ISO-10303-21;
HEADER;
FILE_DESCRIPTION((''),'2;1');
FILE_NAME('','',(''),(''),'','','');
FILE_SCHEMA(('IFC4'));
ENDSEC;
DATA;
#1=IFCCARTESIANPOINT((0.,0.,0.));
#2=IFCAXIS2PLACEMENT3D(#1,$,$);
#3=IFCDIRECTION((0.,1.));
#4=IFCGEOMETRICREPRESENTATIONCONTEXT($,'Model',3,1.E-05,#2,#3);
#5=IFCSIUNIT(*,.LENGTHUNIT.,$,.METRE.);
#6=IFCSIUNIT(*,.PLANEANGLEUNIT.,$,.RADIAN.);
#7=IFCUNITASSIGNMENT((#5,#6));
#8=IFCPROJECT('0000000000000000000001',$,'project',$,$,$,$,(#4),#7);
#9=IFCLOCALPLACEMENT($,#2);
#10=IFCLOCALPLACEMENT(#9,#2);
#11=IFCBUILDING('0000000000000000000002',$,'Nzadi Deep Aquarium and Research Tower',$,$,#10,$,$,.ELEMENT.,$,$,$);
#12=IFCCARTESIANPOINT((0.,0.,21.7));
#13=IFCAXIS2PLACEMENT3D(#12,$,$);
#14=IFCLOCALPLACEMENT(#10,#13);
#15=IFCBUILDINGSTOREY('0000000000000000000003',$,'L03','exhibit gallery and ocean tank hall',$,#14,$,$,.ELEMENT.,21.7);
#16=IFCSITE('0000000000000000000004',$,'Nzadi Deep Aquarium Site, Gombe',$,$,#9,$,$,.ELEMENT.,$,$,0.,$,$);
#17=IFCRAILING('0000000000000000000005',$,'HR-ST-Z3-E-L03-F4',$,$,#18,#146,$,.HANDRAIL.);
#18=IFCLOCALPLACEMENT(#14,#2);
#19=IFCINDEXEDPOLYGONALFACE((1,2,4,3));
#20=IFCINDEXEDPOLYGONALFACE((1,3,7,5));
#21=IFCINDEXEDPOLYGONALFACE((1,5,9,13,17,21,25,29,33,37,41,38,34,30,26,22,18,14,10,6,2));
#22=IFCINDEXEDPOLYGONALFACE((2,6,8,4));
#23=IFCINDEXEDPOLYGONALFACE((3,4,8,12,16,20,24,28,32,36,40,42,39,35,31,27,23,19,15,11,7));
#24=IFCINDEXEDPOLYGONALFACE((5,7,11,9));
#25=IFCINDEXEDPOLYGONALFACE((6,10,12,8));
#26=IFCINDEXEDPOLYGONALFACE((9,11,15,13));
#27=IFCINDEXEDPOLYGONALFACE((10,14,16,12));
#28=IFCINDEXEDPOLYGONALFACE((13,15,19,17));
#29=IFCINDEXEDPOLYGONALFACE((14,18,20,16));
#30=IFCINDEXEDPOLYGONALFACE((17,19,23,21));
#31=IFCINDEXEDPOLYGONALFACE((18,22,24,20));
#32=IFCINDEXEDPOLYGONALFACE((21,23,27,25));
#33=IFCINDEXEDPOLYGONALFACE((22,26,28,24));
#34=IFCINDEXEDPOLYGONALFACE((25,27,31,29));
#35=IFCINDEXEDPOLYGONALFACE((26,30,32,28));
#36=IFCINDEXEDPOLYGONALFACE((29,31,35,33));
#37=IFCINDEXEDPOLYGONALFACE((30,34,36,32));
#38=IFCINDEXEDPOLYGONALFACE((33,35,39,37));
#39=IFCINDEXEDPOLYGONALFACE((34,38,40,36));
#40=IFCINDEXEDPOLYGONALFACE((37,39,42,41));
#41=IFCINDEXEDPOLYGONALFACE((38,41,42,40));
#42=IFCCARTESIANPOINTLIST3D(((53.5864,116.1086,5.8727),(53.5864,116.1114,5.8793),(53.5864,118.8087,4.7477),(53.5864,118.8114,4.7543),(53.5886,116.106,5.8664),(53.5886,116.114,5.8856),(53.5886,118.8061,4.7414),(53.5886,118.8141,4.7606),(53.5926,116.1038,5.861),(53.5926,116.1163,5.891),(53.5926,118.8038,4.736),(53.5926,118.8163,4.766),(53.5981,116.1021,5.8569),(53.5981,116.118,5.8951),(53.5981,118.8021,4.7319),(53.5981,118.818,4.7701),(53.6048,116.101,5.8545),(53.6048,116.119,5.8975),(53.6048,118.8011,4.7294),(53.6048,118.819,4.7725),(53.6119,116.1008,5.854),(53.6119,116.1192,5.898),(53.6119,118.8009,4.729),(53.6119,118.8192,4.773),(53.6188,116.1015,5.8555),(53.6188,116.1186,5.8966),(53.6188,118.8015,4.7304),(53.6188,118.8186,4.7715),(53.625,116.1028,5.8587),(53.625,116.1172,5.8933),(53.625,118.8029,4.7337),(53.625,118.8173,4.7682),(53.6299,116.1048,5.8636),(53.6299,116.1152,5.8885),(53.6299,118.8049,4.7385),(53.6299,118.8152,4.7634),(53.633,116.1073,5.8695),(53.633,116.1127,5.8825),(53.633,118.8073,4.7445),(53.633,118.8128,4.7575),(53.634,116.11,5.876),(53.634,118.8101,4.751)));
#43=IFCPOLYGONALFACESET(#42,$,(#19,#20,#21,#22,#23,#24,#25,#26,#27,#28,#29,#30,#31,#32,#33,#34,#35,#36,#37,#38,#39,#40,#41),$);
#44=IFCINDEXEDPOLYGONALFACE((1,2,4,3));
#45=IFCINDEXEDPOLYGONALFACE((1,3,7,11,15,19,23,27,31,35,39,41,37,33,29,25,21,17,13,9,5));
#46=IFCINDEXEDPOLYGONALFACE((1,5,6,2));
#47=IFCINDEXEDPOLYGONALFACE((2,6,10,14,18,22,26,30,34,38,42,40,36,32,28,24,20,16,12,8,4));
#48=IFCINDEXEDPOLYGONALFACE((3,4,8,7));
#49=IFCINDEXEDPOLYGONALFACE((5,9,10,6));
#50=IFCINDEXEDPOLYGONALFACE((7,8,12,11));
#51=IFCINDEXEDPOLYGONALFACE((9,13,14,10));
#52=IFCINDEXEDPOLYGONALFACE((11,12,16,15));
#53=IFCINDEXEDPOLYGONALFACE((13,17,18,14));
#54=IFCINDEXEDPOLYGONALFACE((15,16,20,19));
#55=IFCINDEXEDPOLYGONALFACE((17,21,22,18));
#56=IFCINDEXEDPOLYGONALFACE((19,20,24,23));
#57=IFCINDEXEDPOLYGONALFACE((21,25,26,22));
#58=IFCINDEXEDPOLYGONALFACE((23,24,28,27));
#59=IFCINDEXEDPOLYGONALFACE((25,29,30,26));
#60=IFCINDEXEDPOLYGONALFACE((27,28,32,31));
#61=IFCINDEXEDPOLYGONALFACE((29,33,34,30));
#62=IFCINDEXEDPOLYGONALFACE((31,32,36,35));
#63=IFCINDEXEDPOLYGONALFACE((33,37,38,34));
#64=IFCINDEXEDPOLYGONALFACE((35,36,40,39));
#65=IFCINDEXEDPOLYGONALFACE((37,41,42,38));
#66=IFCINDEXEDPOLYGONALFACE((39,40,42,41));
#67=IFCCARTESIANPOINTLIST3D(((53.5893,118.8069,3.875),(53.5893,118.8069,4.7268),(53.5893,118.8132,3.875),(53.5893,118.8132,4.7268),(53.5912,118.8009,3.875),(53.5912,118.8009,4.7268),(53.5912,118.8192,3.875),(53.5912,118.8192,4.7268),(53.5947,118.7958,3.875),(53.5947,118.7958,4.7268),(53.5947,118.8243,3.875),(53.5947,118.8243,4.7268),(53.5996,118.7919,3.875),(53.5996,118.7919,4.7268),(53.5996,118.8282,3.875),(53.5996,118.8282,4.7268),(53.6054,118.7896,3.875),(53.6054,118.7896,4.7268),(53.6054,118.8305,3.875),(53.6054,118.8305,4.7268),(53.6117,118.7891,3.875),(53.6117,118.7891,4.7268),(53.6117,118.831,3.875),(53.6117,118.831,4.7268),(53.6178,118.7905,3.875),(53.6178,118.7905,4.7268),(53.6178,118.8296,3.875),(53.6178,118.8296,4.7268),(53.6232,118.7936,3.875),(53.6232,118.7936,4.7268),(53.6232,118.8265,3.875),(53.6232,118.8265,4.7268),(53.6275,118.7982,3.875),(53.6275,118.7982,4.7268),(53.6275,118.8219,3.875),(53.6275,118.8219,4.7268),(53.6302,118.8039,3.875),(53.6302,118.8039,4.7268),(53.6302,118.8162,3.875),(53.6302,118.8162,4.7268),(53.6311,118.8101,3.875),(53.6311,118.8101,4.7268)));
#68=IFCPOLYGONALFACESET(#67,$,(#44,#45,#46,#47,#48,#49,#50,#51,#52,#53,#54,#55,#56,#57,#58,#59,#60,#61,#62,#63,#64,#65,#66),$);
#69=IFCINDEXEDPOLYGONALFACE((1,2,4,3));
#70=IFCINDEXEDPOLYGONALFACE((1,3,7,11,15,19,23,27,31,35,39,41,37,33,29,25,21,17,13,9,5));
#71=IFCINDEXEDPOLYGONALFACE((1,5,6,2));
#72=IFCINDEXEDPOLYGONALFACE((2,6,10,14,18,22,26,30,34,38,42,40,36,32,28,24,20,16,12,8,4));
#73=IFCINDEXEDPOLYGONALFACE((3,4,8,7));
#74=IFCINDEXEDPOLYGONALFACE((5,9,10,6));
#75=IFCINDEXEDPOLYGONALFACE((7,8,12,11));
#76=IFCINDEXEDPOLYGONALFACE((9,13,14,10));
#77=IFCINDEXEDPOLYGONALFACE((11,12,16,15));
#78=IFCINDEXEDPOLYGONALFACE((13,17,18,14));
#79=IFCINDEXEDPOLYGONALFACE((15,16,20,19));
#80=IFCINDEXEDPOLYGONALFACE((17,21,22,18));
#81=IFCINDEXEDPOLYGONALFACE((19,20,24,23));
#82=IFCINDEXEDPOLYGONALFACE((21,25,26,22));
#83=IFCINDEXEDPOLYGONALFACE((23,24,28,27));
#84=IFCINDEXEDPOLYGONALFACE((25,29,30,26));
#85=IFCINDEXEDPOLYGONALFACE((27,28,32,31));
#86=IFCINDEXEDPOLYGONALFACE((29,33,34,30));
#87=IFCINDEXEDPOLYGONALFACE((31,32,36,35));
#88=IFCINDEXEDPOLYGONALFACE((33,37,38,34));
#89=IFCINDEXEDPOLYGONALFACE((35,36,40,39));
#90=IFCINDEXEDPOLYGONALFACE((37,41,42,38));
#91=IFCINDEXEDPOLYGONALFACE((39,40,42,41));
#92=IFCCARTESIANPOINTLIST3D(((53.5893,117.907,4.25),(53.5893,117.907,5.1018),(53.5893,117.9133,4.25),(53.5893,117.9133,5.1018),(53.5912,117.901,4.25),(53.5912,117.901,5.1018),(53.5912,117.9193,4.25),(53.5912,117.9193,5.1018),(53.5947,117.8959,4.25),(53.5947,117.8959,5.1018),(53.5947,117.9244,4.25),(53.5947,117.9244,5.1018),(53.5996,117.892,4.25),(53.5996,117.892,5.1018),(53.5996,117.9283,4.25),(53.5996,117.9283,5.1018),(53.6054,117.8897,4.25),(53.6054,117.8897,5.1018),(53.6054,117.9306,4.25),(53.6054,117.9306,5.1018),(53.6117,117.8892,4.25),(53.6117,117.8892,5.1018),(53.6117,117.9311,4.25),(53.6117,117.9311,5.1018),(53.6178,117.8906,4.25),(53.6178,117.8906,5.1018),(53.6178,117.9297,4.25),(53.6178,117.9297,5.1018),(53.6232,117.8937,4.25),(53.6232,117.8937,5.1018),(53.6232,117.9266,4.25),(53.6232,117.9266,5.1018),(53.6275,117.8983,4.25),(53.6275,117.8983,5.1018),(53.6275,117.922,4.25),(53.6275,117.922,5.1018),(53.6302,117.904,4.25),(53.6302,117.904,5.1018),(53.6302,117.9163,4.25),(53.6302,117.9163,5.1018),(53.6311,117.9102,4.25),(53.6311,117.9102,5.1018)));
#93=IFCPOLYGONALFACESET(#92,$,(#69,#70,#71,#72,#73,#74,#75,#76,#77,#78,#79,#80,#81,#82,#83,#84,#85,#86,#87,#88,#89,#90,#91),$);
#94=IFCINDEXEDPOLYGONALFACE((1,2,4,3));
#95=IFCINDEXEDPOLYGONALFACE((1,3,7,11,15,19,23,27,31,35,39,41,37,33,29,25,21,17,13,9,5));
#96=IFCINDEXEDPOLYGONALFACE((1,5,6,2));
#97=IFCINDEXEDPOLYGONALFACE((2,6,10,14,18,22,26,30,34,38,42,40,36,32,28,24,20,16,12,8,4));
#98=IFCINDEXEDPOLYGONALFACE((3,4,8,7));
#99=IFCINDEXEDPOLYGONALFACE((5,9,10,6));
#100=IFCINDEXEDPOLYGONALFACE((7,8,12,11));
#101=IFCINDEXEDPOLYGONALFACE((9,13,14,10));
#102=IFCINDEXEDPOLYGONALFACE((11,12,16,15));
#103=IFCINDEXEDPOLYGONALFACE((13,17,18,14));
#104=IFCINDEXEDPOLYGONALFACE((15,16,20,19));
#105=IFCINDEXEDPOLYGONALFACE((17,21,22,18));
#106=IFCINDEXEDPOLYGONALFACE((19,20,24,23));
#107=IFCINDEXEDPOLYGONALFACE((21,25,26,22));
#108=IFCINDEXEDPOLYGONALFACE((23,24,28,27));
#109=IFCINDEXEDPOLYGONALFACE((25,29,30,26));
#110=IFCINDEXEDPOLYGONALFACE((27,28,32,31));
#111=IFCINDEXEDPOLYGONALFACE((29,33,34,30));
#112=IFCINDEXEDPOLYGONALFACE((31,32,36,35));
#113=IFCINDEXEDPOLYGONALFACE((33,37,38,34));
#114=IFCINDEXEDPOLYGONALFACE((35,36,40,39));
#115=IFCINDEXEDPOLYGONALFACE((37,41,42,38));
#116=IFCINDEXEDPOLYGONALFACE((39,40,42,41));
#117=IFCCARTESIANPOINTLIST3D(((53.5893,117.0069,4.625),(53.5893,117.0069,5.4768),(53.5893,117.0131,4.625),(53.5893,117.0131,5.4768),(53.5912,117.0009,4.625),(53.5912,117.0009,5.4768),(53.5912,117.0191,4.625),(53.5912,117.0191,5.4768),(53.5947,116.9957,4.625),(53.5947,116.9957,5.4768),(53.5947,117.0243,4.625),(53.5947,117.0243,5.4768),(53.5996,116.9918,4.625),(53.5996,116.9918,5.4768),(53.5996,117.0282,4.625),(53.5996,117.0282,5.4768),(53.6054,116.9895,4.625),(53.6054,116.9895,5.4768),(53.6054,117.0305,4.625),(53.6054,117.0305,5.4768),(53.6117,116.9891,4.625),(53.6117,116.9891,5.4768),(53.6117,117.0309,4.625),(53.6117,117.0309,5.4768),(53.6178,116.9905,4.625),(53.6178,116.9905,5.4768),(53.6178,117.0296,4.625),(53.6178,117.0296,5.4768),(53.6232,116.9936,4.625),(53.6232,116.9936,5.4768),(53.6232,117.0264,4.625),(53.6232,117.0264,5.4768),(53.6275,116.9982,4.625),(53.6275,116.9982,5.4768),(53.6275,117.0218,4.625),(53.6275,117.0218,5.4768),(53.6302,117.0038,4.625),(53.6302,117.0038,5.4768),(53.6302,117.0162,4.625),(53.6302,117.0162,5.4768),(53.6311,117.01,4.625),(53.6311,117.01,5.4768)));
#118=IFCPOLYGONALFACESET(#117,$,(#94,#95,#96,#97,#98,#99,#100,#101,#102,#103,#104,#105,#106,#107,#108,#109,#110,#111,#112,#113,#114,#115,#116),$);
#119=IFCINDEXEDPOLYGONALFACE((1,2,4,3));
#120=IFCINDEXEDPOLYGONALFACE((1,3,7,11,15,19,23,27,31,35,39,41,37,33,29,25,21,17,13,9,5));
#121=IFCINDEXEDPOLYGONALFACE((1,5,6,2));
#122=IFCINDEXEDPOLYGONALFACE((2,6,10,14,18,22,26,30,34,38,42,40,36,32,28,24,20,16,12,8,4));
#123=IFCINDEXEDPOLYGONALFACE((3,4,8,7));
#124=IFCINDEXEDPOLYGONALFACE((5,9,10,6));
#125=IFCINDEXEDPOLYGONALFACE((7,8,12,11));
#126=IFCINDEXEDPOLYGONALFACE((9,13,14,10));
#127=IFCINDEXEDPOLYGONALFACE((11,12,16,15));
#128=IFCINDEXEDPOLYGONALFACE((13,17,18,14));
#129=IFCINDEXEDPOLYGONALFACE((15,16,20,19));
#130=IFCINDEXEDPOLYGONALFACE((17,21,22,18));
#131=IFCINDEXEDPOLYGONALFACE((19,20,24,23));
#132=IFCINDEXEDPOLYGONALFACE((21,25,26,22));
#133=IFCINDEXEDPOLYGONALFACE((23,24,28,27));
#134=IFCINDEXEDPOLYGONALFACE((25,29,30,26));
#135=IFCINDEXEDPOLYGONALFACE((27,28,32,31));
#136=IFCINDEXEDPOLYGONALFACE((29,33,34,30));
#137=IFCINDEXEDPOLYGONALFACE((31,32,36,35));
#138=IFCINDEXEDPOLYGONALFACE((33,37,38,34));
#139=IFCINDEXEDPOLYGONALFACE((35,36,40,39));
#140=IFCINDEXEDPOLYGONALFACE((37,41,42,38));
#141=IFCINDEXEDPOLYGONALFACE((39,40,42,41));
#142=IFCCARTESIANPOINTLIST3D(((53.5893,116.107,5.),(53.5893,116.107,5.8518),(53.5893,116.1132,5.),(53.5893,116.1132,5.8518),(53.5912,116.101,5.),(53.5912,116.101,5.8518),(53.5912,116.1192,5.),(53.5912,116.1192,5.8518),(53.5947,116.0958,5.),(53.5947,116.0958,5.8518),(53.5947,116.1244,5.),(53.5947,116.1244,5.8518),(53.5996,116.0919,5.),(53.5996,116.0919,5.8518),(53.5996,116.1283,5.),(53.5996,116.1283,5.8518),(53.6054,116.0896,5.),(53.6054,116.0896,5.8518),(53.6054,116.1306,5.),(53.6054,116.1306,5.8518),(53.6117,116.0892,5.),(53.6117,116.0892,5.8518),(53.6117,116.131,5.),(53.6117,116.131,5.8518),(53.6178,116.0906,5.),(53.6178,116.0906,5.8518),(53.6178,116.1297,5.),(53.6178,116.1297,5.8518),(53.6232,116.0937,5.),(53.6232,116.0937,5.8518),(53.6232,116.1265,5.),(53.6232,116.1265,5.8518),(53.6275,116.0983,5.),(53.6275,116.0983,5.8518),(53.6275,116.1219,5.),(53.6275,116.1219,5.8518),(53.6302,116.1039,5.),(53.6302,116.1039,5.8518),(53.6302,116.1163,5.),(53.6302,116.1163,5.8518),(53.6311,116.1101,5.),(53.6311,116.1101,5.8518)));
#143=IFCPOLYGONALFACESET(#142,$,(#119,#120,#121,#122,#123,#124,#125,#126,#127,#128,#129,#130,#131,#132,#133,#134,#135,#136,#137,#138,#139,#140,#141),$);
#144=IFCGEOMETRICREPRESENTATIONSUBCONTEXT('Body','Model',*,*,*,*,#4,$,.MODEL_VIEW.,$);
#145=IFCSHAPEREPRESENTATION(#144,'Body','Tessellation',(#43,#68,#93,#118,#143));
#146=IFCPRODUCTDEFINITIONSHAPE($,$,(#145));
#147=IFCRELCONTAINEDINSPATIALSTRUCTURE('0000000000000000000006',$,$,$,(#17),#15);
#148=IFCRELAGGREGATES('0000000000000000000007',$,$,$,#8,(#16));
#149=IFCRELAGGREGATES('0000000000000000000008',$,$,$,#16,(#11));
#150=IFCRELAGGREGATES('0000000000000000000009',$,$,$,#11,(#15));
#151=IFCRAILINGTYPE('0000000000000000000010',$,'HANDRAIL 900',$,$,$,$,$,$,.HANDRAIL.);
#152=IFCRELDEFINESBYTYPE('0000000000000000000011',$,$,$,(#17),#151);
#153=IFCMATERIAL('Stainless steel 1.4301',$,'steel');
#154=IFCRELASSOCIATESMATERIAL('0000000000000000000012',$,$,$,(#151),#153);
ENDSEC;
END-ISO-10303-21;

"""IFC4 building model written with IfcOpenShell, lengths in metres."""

from ifc_helpers import new_model, si_unit, direction, frame, origin, origin_2d, place, context, subcontext, project, spatial, circle, extrude, material, type_object, element, save


model = new_model("IFC4")

# Units and contexts
model_context = context("Model", 3, precision=1e-05, world=origin(), true_north=direction((0.0, 1.0)))
body_context = subcontext(model_context, "Body", "Model", "MODEL_VIEW")
ifc_project = project(units=[si_unit("LENGTHUNIT", "METRE"), si_unit("PLANEANGLEUNIT", "RADIAN")], contexts=[model_context])

# Site, building, storey
site_placement = place(None, origin())
site = spatial("IfcSite", under=ifc_project, at=site_placement, Name="Nzadi Deep Aquarium Site, Gombe", CompositionType="ELEMENT", RefElevation=0.0)
building_placement = place(site_placement, origin())
building = spatial("IfcBuilding", under=site, at=building_placement, Name="Nzadi Deep Aquarium and Research Tower", CompositionType="ELEMENT")
storey_placement = place(building_placement, frame((0.0, 0.0, 21.7)))
storey = spatial("IfcBuildingStorey", under=building, at=storey_placement, Name="L03", Description="exhibit gallery and ocean tank hall", CompositionType="ELEMENT", Elevation=21.7)

# Railing
ifc_material_1 = material(Name="Stainless steel 1.4301", Category="steel")
railing_type = type_object("IfcRailingType", Name="HANDRAIL 900", PredefinedType="HANDRAIL", material=ifc_material_1)
for number, where, name in (
    (1, (53.6101, 118.8101, 3.875), "HR-ST-Z3-E-L03-F4"),
):
    element("IfcRailing", number, at=place(storey_placement, frame(where)), inside=storey, type_object=railing_type, Name=name, PredefinedType="HANDRAIL", context=body_context, shape_type="SweptSolid", body=[
        extrude(circle(Radius=0.0239, at=origin_2d()), frame((0.0, 0.0, 0.876), z_axis=(0.0, -0.923074, 0.384621), x_axis=(1.0, 0.0, 0.0)), (0.0, 0.0, 1.0), 2.925),
        extrude(circle(Radius=0.021, at=origin_2d()), origin(), (0.0, 0.0, 1.0), 0.8518),
        extrude(circle(Radius=0.021, at=origin_2d()), frame((0.0, -0.8999, 0.375)), (0.0, 0.0, 1.0), 0.8518),
        extrude(circle(Radius=0.021, at=origin_2d()), frame((0.0, -1.8, 0.75)), (0.0, 0.0, 1.0), 0.8518),
        extrude(circle(Radius=0.021, at=origin_2d()), frame((0.0, -2.7, 1.125)), (0.0, 0.0, 1.0), 0.8518),
    ])

save(model, "model.ifc")
